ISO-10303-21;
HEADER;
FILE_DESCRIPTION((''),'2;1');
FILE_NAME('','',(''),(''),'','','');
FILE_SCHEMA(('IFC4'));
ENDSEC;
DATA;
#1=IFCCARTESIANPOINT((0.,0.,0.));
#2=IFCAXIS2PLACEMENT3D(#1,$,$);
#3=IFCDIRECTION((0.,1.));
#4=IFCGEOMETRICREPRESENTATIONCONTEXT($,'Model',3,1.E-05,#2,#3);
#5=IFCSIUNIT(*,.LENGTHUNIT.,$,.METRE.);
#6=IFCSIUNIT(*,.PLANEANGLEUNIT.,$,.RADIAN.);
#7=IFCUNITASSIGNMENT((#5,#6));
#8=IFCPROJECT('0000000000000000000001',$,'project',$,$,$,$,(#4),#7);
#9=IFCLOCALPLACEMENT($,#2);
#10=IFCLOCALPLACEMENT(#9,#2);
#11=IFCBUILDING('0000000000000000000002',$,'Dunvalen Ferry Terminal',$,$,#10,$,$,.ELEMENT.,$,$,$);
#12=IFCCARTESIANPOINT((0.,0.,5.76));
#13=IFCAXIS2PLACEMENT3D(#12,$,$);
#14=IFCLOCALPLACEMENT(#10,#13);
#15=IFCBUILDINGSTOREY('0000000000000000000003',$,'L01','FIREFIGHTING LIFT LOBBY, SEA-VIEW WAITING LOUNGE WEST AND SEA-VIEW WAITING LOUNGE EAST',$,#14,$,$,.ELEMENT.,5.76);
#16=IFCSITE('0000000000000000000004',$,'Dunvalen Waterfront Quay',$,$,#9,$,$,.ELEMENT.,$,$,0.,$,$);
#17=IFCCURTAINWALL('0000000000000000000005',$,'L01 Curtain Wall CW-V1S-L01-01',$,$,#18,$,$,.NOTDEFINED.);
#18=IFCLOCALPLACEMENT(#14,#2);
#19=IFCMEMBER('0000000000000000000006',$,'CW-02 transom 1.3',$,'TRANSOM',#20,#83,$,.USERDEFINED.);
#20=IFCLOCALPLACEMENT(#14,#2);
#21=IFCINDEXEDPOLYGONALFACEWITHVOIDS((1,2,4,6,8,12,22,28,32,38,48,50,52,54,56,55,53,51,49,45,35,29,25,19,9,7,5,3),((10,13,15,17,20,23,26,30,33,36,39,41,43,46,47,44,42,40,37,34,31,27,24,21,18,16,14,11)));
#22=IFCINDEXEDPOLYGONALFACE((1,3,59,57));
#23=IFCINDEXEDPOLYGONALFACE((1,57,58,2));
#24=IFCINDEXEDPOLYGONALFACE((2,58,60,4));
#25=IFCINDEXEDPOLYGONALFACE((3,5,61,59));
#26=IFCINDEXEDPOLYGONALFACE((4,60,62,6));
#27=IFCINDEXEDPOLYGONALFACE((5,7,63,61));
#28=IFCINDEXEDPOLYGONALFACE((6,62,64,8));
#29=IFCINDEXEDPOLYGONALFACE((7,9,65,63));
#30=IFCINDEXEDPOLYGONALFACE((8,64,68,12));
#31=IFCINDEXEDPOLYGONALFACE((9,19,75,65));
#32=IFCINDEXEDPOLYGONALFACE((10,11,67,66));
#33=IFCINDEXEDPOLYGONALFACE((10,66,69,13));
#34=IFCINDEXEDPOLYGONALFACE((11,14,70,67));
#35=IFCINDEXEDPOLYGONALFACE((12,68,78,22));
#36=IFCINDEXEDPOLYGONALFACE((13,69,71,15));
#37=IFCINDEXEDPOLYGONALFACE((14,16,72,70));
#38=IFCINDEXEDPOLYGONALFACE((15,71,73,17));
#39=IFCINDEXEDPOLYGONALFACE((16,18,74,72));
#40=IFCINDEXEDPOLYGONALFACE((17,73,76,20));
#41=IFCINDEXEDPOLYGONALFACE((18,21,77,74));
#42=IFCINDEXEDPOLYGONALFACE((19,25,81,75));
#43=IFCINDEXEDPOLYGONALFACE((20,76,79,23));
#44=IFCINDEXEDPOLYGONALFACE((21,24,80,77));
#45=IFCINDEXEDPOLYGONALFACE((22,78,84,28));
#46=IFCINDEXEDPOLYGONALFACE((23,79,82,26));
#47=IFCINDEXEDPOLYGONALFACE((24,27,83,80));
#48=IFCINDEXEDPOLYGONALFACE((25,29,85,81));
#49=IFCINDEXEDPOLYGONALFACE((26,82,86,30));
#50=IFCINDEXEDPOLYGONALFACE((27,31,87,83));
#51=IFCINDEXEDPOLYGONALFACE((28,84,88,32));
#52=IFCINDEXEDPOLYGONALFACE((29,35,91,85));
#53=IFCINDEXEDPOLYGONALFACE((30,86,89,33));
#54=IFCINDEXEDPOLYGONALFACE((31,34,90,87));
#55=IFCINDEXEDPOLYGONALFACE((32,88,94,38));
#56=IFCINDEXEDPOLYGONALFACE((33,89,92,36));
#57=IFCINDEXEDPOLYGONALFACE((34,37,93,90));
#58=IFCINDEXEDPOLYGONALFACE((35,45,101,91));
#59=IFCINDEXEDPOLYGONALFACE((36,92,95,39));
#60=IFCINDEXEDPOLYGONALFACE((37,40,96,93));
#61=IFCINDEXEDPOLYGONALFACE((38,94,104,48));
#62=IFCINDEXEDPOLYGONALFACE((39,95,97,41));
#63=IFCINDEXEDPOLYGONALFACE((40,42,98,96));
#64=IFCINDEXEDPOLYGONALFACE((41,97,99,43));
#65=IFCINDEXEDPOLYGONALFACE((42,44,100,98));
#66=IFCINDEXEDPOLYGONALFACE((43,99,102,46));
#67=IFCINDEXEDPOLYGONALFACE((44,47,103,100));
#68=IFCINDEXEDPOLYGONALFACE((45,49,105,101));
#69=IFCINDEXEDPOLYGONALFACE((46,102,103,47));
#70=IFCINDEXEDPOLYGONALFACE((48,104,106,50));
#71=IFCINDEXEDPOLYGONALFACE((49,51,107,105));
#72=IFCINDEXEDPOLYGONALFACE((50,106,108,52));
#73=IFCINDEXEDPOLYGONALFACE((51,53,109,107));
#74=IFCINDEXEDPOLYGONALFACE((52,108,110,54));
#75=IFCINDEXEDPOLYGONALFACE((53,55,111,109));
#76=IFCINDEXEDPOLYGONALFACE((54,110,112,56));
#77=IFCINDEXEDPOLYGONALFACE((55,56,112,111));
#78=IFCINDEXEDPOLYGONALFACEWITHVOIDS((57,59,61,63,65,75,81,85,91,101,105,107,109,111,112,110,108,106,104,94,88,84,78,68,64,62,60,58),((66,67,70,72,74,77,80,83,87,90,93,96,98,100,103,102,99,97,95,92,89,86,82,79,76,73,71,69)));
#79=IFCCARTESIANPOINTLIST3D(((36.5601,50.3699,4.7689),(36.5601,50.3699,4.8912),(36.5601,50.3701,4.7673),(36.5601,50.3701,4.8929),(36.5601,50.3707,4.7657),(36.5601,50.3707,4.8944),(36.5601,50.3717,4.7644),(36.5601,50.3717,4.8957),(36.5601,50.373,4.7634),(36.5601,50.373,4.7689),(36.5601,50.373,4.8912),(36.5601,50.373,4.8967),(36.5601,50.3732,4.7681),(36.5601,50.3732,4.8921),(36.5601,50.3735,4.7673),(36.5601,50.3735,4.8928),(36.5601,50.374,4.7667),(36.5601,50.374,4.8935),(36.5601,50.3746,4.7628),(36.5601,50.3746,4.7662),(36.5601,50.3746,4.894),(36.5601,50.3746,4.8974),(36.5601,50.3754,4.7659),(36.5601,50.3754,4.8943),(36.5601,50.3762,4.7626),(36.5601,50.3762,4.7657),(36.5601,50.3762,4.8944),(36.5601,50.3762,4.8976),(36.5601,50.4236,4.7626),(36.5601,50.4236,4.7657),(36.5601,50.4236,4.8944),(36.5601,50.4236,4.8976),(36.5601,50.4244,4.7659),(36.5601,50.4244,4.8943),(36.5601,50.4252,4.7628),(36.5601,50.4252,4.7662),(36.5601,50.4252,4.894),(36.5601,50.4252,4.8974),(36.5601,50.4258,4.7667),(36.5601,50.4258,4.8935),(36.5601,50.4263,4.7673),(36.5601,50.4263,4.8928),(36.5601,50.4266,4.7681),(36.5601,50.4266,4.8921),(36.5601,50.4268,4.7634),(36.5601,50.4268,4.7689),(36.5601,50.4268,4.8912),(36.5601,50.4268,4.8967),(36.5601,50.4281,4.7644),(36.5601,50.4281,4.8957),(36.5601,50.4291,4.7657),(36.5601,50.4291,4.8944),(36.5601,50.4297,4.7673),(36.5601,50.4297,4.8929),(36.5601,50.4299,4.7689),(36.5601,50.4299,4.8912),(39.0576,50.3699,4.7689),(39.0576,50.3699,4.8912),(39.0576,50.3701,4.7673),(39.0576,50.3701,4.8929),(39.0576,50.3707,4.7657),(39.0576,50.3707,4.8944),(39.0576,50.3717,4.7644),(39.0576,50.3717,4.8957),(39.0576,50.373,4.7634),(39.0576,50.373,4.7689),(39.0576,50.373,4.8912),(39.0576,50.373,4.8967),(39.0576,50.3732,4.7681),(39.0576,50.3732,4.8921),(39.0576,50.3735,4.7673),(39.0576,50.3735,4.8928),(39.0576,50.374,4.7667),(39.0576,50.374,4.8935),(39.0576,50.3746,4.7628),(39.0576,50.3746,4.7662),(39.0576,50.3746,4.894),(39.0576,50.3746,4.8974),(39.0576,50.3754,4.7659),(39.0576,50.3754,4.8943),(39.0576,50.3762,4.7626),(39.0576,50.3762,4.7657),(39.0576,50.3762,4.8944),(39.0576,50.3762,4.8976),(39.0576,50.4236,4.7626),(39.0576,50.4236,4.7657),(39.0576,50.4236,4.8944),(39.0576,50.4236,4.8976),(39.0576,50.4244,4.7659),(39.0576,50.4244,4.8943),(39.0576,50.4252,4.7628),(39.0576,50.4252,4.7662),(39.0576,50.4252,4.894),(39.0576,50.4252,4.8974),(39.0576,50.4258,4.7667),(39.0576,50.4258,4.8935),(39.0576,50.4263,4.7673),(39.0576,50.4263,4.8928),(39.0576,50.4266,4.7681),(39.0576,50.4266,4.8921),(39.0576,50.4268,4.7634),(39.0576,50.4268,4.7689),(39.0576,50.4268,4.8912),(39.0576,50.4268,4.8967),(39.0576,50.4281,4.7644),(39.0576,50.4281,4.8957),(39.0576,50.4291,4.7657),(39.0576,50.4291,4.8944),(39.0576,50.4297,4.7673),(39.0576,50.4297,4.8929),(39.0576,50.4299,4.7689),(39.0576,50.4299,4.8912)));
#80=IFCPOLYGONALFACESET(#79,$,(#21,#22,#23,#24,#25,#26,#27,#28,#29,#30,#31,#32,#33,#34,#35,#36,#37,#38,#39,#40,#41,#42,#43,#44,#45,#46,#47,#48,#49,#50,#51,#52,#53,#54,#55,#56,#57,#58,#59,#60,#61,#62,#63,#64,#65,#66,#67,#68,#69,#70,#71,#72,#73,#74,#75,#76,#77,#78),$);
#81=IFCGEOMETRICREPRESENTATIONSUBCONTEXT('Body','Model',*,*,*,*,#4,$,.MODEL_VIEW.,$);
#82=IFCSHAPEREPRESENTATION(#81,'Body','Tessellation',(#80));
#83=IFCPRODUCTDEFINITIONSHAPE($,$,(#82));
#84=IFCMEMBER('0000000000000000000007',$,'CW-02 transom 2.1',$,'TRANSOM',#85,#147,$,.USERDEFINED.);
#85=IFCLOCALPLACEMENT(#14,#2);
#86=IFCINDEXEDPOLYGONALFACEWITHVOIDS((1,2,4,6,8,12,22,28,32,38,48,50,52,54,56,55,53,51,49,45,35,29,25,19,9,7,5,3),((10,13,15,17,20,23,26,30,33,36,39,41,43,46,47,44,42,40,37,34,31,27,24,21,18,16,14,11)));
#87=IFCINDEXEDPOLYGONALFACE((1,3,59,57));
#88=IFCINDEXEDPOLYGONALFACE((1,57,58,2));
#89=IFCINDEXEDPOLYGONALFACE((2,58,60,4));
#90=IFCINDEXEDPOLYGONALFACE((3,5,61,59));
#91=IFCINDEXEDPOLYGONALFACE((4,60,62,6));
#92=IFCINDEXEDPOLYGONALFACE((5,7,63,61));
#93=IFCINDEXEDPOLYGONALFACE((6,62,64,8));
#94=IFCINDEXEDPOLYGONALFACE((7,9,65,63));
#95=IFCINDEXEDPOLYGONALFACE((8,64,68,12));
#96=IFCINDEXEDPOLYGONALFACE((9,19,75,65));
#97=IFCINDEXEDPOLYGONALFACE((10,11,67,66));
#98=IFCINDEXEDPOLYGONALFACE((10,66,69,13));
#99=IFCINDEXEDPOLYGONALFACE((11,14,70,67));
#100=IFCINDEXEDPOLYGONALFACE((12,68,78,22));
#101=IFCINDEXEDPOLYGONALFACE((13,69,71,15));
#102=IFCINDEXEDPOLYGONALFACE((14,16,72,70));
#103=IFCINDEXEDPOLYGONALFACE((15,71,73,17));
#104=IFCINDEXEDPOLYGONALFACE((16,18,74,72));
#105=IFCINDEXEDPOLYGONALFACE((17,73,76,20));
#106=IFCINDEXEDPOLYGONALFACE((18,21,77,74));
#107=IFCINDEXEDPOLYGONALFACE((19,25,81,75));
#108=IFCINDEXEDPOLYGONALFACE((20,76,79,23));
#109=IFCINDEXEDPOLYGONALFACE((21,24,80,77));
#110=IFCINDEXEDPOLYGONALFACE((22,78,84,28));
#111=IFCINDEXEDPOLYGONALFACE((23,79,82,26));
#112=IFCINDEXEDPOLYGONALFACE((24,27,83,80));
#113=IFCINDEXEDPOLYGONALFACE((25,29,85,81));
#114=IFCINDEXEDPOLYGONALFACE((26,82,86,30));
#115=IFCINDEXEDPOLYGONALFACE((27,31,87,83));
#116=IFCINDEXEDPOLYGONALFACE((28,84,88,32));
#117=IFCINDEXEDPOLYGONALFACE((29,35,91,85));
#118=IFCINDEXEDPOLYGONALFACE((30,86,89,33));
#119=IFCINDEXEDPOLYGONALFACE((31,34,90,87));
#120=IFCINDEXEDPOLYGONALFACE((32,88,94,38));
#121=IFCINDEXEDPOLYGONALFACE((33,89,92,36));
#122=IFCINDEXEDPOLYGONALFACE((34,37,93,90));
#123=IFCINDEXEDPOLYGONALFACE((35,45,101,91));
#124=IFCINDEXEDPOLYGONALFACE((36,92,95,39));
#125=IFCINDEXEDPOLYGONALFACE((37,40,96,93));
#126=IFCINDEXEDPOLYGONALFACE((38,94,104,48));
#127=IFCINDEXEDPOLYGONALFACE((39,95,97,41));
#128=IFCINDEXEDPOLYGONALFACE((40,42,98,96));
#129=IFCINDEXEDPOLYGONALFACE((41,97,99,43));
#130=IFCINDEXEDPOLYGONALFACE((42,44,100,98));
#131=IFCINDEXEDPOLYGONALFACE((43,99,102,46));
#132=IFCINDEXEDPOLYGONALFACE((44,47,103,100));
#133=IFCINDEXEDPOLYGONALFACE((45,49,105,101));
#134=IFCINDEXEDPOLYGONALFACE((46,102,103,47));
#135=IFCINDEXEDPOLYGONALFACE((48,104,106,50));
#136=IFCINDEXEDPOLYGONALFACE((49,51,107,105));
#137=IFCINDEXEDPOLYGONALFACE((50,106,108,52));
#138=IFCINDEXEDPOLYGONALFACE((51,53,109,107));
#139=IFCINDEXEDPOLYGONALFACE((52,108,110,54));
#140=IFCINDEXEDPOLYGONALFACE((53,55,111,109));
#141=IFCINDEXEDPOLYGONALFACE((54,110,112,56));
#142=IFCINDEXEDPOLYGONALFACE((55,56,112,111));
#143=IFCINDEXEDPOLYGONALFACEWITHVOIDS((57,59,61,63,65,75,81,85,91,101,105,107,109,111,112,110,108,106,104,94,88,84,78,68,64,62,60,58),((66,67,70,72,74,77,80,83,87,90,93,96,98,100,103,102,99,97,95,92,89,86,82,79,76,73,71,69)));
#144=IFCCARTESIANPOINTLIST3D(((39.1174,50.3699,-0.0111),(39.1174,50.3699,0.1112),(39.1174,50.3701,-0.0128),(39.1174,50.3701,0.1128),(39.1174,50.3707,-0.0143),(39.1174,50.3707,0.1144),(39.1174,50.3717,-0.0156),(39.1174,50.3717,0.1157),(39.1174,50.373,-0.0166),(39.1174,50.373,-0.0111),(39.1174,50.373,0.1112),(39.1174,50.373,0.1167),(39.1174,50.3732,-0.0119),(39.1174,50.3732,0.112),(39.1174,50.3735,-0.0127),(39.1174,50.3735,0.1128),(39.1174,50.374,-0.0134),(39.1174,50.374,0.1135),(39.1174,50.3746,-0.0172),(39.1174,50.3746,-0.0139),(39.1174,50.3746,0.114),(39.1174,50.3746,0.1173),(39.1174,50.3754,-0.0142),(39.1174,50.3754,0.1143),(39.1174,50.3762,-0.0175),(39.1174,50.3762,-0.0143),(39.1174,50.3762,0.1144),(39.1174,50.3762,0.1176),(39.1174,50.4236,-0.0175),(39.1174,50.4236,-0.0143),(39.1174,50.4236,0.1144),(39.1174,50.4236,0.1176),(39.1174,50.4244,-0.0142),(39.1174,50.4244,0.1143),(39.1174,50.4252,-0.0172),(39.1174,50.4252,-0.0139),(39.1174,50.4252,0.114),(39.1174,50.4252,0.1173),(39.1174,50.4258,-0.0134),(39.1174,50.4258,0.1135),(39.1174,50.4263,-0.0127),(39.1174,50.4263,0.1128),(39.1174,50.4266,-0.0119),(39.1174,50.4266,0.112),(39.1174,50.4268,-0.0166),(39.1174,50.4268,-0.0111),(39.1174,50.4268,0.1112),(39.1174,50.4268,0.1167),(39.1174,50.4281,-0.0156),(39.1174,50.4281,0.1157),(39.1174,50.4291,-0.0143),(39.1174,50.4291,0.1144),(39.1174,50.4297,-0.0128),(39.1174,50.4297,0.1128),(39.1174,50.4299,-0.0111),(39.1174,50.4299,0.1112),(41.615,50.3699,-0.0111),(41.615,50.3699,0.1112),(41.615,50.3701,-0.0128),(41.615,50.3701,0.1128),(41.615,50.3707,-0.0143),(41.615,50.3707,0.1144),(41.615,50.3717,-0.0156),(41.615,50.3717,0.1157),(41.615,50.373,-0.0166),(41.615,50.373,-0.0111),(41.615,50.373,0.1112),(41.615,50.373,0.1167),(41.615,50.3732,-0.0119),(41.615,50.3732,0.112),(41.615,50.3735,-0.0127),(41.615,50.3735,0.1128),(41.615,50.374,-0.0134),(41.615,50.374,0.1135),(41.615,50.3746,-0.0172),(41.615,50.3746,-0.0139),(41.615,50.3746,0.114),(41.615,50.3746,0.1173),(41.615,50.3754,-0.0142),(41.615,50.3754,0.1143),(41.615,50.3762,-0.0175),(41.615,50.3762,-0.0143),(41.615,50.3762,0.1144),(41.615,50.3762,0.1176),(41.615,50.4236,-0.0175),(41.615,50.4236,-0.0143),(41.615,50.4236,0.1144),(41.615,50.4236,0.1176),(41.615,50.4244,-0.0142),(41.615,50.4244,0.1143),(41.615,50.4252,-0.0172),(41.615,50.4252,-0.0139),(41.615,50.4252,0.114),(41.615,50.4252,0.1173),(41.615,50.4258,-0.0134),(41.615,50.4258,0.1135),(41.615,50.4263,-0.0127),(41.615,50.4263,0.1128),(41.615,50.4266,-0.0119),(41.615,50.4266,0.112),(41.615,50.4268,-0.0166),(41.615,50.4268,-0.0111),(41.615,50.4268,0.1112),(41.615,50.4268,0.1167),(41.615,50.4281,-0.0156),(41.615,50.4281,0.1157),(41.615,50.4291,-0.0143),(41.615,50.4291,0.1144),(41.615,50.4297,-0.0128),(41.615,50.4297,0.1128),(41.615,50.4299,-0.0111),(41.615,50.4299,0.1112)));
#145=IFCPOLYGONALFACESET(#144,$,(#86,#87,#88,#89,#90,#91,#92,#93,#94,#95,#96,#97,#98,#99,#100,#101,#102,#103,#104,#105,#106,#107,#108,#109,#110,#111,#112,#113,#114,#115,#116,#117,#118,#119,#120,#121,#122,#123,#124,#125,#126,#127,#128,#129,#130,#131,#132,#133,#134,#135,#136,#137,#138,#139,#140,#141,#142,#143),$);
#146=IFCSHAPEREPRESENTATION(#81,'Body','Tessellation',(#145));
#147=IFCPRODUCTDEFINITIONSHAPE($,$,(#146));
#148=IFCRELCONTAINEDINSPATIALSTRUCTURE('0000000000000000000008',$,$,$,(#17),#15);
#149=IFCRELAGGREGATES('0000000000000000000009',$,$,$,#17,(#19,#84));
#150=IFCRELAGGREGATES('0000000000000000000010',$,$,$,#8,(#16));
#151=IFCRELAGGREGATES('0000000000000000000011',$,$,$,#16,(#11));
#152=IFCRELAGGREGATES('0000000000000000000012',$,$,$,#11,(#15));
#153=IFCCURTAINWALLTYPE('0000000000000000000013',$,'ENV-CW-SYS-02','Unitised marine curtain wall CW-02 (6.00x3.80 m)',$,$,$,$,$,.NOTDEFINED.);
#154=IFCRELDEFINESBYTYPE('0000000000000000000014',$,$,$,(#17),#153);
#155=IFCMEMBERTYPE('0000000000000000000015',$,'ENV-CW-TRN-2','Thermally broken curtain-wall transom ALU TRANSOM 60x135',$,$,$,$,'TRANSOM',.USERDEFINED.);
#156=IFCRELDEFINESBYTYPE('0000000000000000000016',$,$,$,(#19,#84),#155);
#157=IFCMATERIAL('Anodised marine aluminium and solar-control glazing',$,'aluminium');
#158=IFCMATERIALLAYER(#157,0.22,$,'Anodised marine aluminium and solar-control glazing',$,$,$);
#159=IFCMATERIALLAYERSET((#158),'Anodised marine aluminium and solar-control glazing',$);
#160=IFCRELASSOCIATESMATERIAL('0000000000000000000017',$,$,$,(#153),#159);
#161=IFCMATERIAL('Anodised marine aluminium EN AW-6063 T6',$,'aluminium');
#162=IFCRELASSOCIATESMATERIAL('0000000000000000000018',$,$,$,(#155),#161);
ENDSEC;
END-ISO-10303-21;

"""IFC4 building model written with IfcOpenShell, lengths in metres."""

from ifc_helpers import new_model, si_unit, direction, frame, origin, origin_2d, place, context, subcontext, project, spatial, hollow_rectangle, extrude, material, layer, layer_set, material_profile, profile_set, type_object, element, aggregate, save


model = new_model("IFC4")

# Units and contexts
model_context = context("Model", 3, precision=1e-05, world=origin(), true_north=direction((0.0, 1.0)))
body_context = subcontext(model_context, "Body", "Model", "MODEL_VIEW")
ifc_project = project(units=[si_unit("LENGTHUNIT", "METRE"), si_unit("PLANEANGLEUNIT", "RADIAN")], contexts=[model_context])

# Site, building, storey
site_placement = place(None, origin())
site = spatial("IfcSite", under=ifc_project, at=site_placement, Name="Dunvalen Waterfront Quay", CompositionType="ELEMENT", RefElevation=0.0)
building_placement = place(site_placement, origin())
building = spatial("IfcBuilding", under=site, at=building_placement, Name="Dunvalen Ferry Terminal", CompositionType="ELEMENT")
storey_placement = place(building_placement, frame((0.0, 0.0, 5.76)))
storey = spatial("IfcBuildingStorey", under=building, at=storey_placement, Name="L01", Description="FIREFIGHTING LIFT LOBBY, SEA-VIEW WAITING LOUNGE WEST AND SEA-VIEW WAITING LOUNGE EAST", CompositionType="ELEMENT", Elevation=5.76)

# Curtain wall
ifc_material_1 = material(Name="Anodised marine aluminium and solar-control glazing", Category="aluminium")
ifc_layer_1 = layer(ifc_material_1, 0.22, Name="Anodised marine aluminium and solar-control glazing")
ifc_layer_set_1 = layer_set([ifc_layer_1], Name="Anodised marine aluminium and solar-control glazing")
curtain_wall_type = type_object("IfcCurtainWallType", Name="ENV-CW-SYS-02", Description="Unitised marine curtain wall CW-02 (6.00x3.80 m)", PredefinedType="NOTDEFINED", material=ifc_layer_set_1)
curtain_wall_1_placement = place(storey_placement, origin())
curtain_wall_1 = element("IfcCurtainWall", 1, at=curtain_wall_1_placement, inside=storey, type_object=curtain_wall_type, Name="L01 Curtain Wall CW-V1S-L01-01", PredefinedType="NOTDEFINED")
ifc_material_2 = material(Name="Anodised marine aluminium EN AW-6063 T6", Category="aluminium")

# Members
ifc_material_profile_1 = material_profile(ifc_material_2, hollow_rectangle(XDim=0.0601, YDim=0.135, WallThickness=0.0032, InnerFilletRadius=0.0032, OuterFilletRadius=0.0063, at=origin_2d()), Name="Anodised marine aluminium EN AW-6063 T6")
ifc_profile_set_1 = profile_set([ifc_material_profile_1], Name="Anodised marine aluminium EN AW-6063 T6")
member_type_1 = type_object("IfcMemberType", Name="ENV-CW-TRN-2", Description="Thermally broken curtain-wall transom ALU TRANSOM 60x135", ElementType="TRANSOM", PredefinedType="USERDEFINED", material=ifc_profile_set_1)
member_1_placement = place(storey_placement, frame((36.5601, 50.3999, 4.8301), z_axis=(1.0, 0.0, 0.0), x_axis=(0.0, 1.0, 0.0)))
member_1 = element("IfcMember", 2, at=member_1_placement, type_object=member_type_1, Name="CW-02 transom 1.3", ObjectType="TRANSOM", PredefinedType="USERDEFINED", context=body_context, shape_type="SweptSolid", body=[
    extrude(hollow_rectangle(XDim=0.0601, YDim=0.135, WallThickness=0.0032, InnerFilletRadius=0.0032, OuterFilletRadius=0.0063, at=origin_2d()), origin(), (0.0, 0.0, 1.0), 2.4976),
])
member_2_placement = place(storey_placement, frame((39.1174, 50.3999, 0.05), z_axis=(1.0, 0.0, 0.0), x_axis=(0.0, 1.0, 0.0)))
member_2 = element("IfcMember", 3, at=member_2_placement, type_object=member_type_1, Name="CW-02 transom 2.1", ObjectType="TRANSOM", PredefinedType="USERDEFINED", context=body_context, shape_type="SweptSolid", body=[
    extrude(hollow_rectangle(XDim=0.0601, YDim=0.135, WallThickness=0.0032, InnerFilletRadius=0.0032, OuterFilletRadius=0.0063, at=origin_2d()), origin(), (0.0, 0.0, 1.0), 2.4976),
])

aggregate(curtain_wall_1, [member_1, member_2])

save(model, "model.ifc")
